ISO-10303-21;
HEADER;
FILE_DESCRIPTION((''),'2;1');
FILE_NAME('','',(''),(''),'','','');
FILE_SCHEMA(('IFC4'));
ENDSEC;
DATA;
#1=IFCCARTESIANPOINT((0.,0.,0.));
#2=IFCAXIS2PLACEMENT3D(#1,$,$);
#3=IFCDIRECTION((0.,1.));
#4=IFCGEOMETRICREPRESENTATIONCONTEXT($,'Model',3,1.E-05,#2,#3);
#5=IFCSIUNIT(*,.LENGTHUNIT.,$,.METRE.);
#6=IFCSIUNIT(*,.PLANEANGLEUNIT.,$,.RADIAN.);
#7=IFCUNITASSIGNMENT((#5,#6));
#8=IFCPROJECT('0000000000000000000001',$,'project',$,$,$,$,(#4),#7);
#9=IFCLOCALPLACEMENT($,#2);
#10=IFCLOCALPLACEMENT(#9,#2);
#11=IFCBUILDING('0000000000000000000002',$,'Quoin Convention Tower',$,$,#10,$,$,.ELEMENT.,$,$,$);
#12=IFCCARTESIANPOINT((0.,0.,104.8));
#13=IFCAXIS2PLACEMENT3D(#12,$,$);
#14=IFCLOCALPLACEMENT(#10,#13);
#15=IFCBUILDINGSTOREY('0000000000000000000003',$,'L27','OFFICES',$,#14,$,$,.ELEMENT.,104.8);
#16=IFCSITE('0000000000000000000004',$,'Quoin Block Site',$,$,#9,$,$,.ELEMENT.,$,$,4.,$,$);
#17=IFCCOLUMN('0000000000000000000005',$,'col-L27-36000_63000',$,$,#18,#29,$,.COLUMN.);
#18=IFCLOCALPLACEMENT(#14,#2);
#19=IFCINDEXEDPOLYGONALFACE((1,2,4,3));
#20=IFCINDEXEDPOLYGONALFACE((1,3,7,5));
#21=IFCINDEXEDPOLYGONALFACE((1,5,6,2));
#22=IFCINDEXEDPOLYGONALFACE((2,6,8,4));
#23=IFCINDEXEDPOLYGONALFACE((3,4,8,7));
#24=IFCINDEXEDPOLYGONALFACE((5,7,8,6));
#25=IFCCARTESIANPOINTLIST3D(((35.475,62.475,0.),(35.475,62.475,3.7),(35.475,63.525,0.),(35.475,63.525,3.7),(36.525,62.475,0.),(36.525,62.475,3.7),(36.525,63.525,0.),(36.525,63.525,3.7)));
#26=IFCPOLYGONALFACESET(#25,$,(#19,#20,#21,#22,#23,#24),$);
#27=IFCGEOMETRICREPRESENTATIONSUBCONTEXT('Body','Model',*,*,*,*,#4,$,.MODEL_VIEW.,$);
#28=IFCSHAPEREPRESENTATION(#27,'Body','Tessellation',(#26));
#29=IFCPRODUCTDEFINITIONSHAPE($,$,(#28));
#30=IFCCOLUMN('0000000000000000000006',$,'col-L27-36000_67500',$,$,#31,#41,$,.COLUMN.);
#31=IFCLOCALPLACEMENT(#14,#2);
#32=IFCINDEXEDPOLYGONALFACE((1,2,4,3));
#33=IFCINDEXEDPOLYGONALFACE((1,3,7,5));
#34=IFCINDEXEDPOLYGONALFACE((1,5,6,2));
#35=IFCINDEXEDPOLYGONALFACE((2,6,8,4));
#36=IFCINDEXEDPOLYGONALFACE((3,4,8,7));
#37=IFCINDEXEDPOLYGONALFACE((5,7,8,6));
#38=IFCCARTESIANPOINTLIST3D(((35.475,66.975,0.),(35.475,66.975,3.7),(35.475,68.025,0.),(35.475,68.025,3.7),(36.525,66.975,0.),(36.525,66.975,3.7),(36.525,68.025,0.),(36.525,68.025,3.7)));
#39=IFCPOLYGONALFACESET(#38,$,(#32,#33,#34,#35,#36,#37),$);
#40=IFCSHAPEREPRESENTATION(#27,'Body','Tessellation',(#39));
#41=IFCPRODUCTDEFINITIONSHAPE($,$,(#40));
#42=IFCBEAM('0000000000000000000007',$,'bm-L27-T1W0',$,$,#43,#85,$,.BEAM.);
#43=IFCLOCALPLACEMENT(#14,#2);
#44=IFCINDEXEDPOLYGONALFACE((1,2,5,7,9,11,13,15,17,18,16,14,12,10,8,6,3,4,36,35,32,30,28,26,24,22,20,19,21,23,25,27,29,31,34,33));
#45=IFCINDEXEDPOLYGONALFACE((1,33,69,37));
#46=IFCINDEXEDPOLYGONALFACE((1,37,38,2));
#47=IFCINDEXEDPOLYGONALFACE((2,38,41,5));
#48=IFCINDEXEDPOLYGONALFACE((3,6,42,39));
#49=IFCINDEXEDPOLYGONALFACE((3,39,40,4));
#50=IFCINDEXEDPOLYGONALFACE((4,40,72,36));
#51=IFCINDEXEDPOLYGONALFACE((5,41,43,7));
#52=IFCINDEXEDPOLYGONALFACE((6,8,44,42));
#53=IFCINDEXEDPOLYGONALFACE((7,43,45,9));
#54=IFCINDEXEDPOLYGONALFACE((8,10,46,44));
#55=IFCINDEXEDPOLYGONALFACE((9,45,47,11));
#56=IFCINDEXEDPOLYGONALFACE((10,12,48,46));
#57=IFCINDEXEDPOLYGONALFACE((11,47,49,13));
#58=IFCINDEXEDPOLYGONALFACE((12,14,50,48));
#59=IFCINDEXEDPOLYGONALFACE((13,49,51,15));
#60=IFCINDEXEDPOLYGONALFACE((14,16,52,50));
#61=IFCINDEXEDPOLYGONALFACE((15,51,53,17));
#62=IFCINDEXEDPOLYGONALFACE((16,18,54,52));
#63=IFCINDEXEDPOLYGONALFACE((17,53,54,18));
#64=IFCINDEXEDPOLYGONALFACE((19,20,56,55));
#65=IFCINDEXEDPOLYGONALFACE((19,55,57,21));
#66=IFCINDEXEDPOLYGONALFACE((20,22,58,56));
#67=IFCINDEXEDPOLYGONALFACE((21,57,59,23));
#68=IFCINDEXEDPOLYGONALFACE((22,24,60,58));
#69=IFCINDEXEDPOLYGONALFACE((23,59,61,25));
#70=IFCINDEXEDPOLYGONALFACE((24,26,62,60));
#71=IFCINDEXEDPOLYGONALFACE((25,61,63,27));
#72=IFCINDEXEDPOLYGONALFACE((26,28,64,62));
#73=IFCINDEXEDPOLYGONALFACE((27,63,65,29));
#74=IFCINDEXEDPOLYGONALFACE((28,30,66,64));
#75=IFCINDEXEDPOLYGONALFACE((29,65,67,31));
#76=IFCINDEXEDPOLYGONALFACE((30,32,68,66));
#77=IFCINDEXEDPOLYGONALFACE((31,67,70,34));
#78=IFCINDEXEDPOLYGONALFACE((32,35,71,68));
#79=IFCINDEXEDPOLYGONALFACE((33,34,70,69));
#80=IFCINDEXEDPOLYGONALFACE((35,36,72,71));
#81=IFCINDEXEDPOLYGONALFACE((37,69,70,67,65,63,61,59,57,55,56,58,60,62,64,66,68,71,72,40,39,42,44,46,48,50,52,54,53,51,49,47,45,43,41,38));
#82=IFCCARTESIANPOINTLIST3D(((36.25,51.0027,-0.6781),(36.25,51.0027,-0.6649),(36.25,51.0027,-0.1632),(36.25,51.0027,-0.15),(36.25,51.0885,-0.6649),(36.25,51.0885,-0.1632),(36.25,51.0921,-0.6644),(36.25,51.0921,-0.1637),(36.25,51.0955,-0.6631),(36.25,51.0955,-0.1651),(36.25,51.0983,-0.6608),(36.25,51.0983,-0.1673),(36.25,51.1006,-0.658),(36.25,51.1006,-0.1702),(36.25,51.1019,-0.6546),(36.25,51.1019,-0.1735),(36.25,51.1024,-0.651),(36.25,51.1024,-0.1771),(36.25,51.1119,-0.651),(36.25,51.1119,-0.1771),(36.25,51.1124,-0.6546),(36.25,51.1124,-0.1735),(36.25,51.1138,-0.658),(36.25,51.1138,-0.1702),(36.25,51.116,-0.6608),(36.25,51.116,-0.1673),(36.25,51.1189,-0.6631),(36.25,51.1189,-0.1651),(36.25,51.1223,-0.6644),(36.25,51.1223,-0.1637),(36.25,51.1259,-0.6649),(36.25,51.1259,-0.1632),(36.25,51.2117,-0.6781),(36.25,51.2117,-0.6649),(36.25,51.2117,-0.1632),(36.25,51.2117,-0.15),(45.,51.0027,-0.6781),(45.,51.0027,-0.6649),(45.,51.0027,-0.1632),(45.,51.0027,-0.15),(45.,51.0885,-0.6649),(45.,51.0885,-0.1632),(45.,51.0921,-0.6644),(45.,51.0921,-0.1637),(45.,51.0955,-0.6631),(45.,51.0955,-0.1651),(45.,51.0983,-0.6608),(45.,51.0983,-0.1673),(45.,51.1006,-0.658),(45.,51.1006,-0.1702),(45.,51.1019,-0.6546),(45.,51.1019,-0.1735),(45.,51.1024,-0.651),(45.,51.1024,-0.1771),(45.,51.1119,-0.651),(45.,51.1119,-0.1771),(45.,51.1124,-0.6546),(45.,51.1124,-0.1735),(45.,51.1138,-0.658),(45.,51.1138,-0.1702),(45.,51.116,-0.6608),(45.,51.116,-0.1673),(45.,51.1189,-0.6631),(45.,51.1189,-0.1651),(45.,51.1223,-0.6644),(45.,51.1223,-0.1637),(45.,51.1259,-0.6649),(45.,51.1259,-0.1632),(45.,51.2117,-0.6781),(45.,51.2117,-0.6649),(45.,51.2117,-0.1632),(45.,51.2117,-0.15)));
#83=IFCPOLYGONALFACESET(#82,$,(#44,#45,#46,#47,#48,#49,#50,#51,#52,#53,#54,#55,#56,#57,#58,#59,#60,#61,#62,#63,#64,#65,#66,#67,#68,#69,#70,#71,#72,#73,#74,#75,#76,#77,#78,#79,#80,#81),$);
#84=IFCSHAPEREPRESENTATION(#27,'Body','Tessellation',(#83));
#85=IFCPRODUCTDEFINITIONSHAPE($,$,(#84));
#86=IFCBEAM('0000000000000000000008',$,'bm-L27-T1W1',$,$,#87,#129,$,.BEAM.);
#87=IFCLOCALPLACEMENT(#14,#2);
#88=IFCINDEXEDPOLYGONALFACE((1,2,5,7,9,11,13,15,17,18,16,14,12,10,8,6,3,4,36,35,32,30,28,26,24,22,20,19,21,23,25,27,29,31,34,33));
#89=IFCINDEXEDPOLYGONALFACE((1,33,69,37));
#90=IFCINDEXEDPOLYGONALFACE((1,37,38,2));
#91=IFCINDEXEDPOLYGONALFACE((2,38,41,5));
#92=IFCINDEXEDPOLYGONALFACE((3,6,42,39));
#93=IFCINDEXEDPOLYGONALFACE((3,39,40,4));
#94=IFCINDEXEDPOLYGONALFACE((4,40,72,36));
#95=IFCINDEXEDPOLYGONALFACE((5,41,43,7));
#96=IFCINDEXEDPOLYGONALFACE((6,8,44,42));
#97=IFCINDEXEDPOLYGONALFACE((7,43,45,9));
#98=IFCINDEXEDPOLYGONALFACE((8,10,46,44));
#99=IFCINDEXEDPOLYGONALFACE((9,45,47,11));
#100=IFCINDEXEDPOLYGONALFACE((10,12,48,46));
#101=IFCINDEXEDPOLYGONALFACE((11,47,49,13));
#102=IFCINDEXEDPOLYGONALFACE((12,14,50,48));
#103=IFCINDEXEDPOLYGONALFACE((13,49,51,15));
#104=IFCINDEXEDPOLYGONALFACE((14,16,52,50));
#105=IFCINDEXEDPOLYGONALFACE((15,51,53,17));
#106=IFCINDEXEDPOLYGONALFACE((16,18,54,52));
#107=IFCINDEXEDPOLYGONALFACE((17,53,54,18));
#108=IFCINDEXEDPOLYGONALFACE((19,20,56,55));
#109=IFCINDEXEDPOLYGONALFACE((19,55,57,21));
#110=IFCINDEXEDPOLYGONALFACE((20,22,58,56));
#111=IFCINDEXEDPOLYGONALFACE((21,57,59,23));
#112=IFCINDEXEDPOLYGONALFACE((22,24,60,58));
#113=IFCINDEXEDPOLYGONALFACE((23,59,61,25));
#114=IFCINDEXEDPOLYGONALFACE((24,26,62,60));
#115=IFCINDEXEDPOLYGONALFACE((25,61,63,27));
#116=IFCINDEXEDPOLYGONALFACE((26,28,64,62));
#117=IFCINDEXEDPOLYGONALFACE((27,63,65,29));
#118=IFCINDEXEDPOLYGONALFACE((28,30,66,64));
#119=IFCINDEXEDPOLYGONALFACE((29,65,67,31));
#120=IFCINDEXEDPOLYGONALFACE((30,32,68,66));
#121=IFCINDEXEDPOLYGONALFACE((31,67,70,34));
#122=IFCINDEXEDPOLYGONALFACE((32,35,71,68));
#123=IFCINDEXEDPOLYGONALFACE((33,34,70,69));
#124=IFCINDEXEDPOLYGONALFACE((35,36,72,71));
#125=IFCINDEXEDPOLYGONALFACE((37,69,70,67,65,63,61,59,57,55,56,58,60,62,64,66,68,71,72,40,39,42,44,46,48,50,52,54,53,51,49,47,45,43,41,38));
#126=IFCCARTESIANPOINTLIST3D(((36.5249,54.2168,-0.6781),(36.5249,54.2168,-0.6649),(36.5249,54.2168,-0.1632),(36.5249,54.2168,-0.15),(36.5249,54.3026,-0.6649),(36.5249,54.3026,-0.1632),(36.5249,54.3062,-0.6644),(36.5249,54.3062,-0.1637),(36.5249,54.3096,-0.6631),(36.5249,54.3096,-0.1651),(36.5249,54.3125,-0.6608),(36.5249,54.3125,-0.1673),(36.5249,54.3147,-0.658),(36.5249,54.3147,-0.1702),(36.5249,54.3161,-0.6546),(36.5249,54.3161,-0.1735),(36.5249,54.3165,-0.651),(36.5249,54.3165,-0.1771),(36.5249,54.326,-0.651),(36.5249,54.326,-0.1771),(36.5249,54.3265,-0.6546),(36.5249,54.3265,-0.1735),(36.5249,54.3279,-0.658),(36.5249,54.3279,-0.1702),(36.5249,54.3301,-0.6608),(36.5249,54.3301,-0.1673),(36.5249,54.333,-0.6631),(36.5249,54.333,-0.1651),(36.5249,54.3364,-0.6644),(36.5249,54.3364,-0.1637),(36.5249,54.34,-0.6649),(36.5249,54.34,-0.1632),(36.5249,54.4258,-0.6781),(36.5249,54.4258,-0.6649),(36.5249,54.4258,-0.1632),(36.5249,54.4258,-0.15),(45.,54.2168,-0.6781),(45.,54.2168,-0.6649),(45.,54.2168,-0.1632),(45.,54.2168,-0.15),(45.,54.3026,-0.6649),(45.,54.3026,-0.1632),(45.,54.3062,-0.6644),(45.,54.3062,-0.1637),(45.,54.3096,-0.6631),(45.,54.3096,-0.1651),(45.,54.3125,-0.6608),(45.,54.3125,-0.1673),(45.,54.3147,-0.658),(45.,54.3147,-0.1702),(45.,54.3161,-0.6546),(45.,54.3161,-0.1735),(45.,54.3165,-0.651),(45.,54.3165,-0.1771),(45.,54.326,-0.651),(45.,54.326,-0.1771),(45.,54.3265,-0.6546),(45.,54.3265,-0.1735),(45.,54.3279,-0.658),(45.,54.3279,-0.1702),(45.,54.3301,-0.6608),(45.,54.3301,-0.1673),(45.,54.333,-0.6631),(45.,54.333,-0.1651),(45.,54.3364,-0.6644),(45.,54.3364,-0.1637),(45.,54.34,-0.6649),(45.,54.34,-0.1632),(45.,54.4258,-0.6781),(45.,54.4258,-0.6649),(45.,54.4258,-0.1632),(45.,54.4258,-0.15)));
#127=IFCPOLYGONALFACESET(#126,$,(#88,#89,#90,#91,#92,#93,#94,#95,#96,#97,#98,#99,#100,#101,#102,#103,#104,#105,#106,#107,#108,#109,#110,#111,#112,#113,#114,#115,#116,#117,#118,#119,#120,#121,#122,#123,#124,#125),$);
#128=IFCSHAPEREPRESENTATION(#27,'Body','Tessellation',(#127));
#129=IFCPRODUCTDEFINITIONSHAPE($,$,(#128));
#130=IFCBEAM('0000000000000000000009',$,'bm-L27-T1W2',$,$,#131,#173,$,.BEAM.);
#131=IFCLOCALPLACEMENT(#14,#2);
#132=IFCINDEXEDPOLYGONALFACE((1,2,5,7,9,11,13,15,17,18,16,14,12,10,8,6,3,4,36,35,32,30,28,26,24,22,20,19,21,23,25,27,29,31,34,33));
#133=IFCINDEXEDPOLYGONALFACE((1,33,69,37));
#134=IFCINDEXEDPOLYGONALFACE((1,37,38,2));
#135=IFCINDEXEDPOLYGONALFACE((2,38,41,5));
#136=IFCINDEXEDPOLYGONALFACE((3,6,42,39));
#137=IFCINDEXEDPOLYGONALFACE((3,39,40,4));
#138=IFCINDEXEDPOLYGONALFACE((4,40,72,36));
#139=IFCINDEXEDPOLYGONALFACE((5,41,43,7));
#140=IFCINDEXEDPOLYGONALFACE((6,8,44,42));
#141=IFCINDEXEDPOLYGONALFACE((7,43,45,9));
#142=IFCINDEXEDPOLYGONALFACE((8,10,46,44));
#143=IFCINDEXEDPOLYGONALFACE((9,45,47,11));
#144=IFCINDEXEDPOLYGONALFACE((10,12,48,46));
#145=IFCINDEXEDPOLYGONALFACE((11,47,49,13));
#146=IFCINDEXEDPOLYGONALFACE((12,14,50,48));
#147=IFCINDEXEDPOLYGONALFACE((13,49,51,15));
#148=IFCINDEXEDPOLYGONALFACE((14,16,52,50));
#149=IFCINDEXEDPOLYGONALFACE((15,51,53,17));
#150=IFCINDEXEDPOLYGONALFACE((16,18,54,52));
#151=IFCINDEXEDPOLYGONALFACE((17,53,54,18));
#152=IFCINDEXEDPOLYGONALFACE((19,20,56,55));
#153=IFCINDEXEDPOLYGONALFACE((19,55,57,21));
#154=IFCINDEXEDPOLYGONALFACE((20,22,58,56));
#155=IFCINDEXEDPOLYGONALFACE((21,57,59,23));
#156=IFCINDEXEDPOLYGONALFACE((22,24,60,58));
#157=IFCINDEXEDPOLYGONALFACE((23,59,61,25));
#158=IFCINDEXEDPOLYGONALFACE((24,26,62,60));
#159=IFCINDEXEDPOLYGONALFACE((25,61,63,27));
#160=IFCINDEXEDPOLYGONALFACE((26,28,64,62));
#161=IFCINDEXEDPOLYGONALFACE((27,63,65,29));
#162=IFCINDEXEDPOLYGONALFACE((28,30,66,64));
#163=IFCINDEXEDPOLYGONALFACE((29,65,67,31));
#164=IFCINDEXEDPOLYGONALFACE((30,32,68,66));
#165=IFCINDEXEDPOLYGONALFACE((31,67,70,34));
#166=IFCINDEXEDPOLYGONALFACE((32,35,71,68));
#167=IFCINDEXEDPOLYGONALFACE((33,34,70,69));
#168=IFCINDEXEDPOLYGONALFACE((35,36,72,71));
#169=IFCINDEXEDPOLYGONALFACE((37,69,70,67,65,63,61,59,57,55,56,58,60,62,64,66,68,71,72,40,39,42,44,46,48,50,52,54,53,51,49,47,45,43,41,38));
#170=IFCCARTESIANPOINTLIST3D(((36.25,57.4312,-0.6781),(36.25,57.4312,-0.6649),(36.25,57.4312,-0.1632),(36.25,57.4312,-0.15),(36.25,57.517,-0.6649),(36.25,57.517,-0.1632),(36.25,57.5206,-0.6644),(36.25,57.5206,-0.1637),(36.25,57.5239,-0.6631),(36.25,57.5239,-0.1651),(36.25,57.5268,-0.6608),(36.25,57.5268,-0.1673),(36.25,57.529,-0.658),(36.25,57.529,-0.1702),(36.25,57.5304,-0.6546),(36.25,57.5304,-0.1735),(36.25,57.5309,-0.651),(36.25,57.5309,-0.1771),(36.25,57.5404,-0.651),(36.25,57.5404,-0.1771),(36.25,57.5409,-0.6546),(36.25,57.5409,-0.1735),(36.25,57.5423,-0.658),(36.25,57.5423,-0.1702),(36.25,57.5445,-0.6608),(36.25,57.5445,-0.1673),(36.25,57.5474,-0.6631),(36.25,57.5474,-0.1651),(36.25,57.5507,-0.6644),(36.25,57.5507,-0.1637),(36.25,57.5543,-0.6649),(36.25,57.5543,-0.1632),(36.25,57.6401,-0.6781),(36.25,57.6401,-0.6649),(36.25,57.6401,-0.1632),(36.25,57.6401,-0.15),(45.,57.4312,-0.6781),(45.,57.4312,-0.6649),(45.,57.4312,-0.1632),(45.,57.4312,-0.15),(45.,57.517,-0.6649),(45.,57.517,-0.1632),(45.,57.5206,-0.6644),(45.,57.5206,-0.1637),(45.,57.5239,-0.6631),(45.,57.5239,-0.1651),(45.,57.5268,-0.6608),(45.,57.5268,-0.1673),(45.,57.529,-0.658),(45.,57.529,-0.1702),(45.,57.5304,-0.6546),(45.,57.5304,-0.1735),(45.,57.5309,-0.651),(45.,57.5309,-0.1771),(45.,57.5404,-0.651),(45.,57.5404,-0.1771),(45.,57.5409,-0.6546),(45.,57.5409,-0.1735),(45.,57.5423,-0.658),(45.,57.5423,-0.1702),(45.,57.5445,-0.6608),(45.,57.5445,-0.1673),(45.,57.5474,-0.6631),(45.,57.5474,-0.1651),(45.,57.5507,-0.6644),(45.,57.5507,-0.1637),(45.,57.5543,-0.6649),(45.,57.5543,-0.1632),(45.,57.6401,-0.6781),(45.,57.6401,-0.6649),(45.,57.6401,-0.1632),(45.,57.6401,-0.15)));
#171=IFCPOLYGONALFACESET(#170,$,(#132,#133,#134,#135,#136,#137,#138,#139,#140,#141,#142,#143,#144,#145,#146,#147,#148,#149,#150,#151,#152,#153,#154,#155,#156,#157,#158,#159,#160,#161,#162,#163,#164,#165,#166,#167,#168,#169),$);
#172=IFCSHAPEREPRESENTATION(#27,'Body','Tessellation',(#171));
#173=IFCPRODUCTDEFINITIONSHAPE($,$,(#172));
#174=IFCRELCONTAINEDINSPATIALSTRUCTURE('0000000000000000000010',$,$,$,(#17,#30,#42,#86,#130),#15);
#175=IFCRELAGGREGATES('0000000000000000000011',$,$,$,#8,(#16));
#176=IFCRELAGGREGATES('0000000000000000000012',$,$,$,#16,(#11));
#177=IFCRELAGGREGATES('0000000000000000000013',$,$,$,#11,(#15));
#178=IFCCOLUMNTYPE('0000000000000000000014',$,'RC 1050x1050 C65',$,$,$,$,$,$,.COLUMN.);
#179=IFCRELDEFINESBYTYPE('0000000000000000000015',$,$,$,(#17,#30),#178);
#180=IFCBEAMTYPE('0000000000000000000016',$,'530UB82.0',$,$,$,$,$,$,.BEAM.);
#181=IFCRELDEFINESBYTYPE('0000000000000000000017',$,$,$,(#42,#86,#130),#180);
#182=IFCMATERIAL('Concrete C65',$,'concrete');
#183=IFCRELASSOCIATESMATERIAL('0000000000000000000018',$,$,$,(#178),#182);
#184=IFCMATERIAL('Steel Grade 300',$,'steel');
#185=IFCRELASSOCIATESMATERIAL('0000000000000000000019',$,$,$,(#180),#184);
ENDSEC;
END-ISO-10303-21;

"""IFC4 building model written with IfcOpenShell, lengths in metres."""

from ifc_helpers import new_model, si_unit, direction, frame, origin, origin_2d, place, context, subcontext, project, spatial, rectangle, i_section, extrude, material, material_profile, profile_set, type_object, element, save


model = new_model("IFC4")

# Units and contexts
model_context = context("Model", 3, precision=1e-05, world=origin(), true_north=direction((0.0, 1.0)))
body_context = subcontext(model_context, "Body", "Model", "MODEL_VIEW")
ifc_project = project(units=[si_unit("LENGTHUNIT", "METRE"), si_unit("PLANEANGLEUNIT", "RADIAN")], contexts=[model_context])

# Site, building, storey
site_placement = place(None, origin())
site = spatial("IfcSite", under=ifc_project, at=site_placement, Name="Quoin Block Site", CompositionType="ELEMENT", RefElevation=4.0)
building_placement = place(site_placement, origin())
building = spatial("IfcBuilding", under=site, at=building_placement, Name="Quoin Convention Tower", CompositionType="ELEMENT")
storey_placement = place(building_placement, frame((0.0, 0.0, 104.8)))
storey = spatial("IfcBuildingStorey", under=building, at=storey_placement, Name="L27", Description="OFFICES", CompositionType="ELEMENT", Elevation=104.8)

# Columns
ifc_material_1 = material(Name="Concrete C65", Category="concrete")
ifc_material_profile_1 = material_profile(ifc_material_1, rectangle(XDim=1.05, YDim=1.05, at=origin_2d()), Name="RC 1050x1050")
ifc_profile_set_1 = profile_set([ifc_material_profile_1], Name="Concrete C65")
column_type = type_object("IfcColumnType", Name="RC 1050x1050 C65", PredefinedType="COLUMN", material=ifc_profile_set_1)
for number, where, z_axis, x_axis, name in (
    (1, (36.0, 63.0, 0.0), (0.0, 0.0, 1.0), (1.0, 0.0, 0.0), "col-L27-36000_63000"),
    (2, (36.0, 67.5, 0.0), (0.0, 0.0, 1.0), (1.0, 0.0, 0.0), "col-L27-36000_67500"),
):
    element("IfcColumn", number, at=place(storey_placement, frame(where, z_axis=z_axis, x_axis=x_axis)), inside=storey, type_object=column_type, Name=name, PredefinedType="COLUMN", context=body_context, shape_type="SweptSolid", body=[
        extrude(rectangle(XDim=1.05, YDim=1.05, at=origin_2d()), origin(), (0.0, 0.0, 1.0), 3.7),
    ])

# Beams
ifc_material_2 = material(Name="Steel Grade 300", Category="steel")
ifc_material_profile_2 = material_profile(ifc_material_2, i_section(OverallWidth=0.209, OverallDepth=0.5281, WebThickness=0.0095, FlangeThickness=0.0132, FilletRadius=0.0139, at=origin_2d()), Name="530UB82.0")
ifc_profile_set_2 = profile_set([ifc_material_profile_2], Name="Steel Grade 300")
beam_type_1 = type_object("IfcBeamType", Name="530UB82.0", PredefinedType="BEAM", material=ifc_profile_set_2)
beam_1_placement = place(storey_placement, frame((36.25, 51.1072, -0.4141), z_axis=(1.0, 0.0, 0.0), x_axis=(0.0, 1.0, 0.0)))
element("IfcBeam", 3, at=beam_1_placement, inside=storey, type_object=beam_type_1, Name="bm-L27-T1W0", PredefinedType="BEAM", context=body_context, shape_type="SweptSolid", body=[
    extrude(i_section(OverallWidth=0.209, OverallDepth=0.5281, WebThickness=0.0095, FlangeThickness=0.0132, FilletRadius=0.0139, at=origin_2d()), origin(), (0.0, 0.0, 1.0), 8.75),
])
beam_2_placement = place(storey_placement, frame((36.5249, 54.3213, -0.4141), z_axis=(1.0, 0.0, 0.0), x_axis=(0.0, 1.0, 0.0)))
element("IfcBeam", 4, at=beam_2_placement, inside=storey, type_object=beam_type_1, Name="bm-L27-T1W1", PredefinedType="BEAM", context=body_context, shape_type="SweptSolid", body=[
    extrude(i_section(OverallWidth=0.209, OverallDepth=0.5281, WebThickness=0.0095, FlangeThickness=0.0132, FilletRadius=0.0139, at=origin_2d()), origin(), (0.0, 0.0, 1.0), 8.4751),
])
for number, where, z_axis, x_axis, name in (
    (5, (36.25, 57.5356, -0.4141), (1.0, 0.0, 0.0), (0.0, 1.0, 0.0), "bm-L27-T1W2"),
):
    element("IfcBeam", number, at=place(storey_placement, frame(where, z_axis=z_axis, x_axis=x_axis)), inside=storey, type_object=beam_type_1, Name=name, PredefinedType="BEAM", context=body_context, shape_type="SweptSolid", body=[
        extrude(i_section(OverallWidth=0.209, OverallDepth=0.5281, WebThickness=0.0095, FlangeThickness=0.0132, FilletRadius=0.0139, at=origin_2d()), origin(), (0.0, 0.0, 1.0), 8.75),
    ])

save(model, "model.ifc")
